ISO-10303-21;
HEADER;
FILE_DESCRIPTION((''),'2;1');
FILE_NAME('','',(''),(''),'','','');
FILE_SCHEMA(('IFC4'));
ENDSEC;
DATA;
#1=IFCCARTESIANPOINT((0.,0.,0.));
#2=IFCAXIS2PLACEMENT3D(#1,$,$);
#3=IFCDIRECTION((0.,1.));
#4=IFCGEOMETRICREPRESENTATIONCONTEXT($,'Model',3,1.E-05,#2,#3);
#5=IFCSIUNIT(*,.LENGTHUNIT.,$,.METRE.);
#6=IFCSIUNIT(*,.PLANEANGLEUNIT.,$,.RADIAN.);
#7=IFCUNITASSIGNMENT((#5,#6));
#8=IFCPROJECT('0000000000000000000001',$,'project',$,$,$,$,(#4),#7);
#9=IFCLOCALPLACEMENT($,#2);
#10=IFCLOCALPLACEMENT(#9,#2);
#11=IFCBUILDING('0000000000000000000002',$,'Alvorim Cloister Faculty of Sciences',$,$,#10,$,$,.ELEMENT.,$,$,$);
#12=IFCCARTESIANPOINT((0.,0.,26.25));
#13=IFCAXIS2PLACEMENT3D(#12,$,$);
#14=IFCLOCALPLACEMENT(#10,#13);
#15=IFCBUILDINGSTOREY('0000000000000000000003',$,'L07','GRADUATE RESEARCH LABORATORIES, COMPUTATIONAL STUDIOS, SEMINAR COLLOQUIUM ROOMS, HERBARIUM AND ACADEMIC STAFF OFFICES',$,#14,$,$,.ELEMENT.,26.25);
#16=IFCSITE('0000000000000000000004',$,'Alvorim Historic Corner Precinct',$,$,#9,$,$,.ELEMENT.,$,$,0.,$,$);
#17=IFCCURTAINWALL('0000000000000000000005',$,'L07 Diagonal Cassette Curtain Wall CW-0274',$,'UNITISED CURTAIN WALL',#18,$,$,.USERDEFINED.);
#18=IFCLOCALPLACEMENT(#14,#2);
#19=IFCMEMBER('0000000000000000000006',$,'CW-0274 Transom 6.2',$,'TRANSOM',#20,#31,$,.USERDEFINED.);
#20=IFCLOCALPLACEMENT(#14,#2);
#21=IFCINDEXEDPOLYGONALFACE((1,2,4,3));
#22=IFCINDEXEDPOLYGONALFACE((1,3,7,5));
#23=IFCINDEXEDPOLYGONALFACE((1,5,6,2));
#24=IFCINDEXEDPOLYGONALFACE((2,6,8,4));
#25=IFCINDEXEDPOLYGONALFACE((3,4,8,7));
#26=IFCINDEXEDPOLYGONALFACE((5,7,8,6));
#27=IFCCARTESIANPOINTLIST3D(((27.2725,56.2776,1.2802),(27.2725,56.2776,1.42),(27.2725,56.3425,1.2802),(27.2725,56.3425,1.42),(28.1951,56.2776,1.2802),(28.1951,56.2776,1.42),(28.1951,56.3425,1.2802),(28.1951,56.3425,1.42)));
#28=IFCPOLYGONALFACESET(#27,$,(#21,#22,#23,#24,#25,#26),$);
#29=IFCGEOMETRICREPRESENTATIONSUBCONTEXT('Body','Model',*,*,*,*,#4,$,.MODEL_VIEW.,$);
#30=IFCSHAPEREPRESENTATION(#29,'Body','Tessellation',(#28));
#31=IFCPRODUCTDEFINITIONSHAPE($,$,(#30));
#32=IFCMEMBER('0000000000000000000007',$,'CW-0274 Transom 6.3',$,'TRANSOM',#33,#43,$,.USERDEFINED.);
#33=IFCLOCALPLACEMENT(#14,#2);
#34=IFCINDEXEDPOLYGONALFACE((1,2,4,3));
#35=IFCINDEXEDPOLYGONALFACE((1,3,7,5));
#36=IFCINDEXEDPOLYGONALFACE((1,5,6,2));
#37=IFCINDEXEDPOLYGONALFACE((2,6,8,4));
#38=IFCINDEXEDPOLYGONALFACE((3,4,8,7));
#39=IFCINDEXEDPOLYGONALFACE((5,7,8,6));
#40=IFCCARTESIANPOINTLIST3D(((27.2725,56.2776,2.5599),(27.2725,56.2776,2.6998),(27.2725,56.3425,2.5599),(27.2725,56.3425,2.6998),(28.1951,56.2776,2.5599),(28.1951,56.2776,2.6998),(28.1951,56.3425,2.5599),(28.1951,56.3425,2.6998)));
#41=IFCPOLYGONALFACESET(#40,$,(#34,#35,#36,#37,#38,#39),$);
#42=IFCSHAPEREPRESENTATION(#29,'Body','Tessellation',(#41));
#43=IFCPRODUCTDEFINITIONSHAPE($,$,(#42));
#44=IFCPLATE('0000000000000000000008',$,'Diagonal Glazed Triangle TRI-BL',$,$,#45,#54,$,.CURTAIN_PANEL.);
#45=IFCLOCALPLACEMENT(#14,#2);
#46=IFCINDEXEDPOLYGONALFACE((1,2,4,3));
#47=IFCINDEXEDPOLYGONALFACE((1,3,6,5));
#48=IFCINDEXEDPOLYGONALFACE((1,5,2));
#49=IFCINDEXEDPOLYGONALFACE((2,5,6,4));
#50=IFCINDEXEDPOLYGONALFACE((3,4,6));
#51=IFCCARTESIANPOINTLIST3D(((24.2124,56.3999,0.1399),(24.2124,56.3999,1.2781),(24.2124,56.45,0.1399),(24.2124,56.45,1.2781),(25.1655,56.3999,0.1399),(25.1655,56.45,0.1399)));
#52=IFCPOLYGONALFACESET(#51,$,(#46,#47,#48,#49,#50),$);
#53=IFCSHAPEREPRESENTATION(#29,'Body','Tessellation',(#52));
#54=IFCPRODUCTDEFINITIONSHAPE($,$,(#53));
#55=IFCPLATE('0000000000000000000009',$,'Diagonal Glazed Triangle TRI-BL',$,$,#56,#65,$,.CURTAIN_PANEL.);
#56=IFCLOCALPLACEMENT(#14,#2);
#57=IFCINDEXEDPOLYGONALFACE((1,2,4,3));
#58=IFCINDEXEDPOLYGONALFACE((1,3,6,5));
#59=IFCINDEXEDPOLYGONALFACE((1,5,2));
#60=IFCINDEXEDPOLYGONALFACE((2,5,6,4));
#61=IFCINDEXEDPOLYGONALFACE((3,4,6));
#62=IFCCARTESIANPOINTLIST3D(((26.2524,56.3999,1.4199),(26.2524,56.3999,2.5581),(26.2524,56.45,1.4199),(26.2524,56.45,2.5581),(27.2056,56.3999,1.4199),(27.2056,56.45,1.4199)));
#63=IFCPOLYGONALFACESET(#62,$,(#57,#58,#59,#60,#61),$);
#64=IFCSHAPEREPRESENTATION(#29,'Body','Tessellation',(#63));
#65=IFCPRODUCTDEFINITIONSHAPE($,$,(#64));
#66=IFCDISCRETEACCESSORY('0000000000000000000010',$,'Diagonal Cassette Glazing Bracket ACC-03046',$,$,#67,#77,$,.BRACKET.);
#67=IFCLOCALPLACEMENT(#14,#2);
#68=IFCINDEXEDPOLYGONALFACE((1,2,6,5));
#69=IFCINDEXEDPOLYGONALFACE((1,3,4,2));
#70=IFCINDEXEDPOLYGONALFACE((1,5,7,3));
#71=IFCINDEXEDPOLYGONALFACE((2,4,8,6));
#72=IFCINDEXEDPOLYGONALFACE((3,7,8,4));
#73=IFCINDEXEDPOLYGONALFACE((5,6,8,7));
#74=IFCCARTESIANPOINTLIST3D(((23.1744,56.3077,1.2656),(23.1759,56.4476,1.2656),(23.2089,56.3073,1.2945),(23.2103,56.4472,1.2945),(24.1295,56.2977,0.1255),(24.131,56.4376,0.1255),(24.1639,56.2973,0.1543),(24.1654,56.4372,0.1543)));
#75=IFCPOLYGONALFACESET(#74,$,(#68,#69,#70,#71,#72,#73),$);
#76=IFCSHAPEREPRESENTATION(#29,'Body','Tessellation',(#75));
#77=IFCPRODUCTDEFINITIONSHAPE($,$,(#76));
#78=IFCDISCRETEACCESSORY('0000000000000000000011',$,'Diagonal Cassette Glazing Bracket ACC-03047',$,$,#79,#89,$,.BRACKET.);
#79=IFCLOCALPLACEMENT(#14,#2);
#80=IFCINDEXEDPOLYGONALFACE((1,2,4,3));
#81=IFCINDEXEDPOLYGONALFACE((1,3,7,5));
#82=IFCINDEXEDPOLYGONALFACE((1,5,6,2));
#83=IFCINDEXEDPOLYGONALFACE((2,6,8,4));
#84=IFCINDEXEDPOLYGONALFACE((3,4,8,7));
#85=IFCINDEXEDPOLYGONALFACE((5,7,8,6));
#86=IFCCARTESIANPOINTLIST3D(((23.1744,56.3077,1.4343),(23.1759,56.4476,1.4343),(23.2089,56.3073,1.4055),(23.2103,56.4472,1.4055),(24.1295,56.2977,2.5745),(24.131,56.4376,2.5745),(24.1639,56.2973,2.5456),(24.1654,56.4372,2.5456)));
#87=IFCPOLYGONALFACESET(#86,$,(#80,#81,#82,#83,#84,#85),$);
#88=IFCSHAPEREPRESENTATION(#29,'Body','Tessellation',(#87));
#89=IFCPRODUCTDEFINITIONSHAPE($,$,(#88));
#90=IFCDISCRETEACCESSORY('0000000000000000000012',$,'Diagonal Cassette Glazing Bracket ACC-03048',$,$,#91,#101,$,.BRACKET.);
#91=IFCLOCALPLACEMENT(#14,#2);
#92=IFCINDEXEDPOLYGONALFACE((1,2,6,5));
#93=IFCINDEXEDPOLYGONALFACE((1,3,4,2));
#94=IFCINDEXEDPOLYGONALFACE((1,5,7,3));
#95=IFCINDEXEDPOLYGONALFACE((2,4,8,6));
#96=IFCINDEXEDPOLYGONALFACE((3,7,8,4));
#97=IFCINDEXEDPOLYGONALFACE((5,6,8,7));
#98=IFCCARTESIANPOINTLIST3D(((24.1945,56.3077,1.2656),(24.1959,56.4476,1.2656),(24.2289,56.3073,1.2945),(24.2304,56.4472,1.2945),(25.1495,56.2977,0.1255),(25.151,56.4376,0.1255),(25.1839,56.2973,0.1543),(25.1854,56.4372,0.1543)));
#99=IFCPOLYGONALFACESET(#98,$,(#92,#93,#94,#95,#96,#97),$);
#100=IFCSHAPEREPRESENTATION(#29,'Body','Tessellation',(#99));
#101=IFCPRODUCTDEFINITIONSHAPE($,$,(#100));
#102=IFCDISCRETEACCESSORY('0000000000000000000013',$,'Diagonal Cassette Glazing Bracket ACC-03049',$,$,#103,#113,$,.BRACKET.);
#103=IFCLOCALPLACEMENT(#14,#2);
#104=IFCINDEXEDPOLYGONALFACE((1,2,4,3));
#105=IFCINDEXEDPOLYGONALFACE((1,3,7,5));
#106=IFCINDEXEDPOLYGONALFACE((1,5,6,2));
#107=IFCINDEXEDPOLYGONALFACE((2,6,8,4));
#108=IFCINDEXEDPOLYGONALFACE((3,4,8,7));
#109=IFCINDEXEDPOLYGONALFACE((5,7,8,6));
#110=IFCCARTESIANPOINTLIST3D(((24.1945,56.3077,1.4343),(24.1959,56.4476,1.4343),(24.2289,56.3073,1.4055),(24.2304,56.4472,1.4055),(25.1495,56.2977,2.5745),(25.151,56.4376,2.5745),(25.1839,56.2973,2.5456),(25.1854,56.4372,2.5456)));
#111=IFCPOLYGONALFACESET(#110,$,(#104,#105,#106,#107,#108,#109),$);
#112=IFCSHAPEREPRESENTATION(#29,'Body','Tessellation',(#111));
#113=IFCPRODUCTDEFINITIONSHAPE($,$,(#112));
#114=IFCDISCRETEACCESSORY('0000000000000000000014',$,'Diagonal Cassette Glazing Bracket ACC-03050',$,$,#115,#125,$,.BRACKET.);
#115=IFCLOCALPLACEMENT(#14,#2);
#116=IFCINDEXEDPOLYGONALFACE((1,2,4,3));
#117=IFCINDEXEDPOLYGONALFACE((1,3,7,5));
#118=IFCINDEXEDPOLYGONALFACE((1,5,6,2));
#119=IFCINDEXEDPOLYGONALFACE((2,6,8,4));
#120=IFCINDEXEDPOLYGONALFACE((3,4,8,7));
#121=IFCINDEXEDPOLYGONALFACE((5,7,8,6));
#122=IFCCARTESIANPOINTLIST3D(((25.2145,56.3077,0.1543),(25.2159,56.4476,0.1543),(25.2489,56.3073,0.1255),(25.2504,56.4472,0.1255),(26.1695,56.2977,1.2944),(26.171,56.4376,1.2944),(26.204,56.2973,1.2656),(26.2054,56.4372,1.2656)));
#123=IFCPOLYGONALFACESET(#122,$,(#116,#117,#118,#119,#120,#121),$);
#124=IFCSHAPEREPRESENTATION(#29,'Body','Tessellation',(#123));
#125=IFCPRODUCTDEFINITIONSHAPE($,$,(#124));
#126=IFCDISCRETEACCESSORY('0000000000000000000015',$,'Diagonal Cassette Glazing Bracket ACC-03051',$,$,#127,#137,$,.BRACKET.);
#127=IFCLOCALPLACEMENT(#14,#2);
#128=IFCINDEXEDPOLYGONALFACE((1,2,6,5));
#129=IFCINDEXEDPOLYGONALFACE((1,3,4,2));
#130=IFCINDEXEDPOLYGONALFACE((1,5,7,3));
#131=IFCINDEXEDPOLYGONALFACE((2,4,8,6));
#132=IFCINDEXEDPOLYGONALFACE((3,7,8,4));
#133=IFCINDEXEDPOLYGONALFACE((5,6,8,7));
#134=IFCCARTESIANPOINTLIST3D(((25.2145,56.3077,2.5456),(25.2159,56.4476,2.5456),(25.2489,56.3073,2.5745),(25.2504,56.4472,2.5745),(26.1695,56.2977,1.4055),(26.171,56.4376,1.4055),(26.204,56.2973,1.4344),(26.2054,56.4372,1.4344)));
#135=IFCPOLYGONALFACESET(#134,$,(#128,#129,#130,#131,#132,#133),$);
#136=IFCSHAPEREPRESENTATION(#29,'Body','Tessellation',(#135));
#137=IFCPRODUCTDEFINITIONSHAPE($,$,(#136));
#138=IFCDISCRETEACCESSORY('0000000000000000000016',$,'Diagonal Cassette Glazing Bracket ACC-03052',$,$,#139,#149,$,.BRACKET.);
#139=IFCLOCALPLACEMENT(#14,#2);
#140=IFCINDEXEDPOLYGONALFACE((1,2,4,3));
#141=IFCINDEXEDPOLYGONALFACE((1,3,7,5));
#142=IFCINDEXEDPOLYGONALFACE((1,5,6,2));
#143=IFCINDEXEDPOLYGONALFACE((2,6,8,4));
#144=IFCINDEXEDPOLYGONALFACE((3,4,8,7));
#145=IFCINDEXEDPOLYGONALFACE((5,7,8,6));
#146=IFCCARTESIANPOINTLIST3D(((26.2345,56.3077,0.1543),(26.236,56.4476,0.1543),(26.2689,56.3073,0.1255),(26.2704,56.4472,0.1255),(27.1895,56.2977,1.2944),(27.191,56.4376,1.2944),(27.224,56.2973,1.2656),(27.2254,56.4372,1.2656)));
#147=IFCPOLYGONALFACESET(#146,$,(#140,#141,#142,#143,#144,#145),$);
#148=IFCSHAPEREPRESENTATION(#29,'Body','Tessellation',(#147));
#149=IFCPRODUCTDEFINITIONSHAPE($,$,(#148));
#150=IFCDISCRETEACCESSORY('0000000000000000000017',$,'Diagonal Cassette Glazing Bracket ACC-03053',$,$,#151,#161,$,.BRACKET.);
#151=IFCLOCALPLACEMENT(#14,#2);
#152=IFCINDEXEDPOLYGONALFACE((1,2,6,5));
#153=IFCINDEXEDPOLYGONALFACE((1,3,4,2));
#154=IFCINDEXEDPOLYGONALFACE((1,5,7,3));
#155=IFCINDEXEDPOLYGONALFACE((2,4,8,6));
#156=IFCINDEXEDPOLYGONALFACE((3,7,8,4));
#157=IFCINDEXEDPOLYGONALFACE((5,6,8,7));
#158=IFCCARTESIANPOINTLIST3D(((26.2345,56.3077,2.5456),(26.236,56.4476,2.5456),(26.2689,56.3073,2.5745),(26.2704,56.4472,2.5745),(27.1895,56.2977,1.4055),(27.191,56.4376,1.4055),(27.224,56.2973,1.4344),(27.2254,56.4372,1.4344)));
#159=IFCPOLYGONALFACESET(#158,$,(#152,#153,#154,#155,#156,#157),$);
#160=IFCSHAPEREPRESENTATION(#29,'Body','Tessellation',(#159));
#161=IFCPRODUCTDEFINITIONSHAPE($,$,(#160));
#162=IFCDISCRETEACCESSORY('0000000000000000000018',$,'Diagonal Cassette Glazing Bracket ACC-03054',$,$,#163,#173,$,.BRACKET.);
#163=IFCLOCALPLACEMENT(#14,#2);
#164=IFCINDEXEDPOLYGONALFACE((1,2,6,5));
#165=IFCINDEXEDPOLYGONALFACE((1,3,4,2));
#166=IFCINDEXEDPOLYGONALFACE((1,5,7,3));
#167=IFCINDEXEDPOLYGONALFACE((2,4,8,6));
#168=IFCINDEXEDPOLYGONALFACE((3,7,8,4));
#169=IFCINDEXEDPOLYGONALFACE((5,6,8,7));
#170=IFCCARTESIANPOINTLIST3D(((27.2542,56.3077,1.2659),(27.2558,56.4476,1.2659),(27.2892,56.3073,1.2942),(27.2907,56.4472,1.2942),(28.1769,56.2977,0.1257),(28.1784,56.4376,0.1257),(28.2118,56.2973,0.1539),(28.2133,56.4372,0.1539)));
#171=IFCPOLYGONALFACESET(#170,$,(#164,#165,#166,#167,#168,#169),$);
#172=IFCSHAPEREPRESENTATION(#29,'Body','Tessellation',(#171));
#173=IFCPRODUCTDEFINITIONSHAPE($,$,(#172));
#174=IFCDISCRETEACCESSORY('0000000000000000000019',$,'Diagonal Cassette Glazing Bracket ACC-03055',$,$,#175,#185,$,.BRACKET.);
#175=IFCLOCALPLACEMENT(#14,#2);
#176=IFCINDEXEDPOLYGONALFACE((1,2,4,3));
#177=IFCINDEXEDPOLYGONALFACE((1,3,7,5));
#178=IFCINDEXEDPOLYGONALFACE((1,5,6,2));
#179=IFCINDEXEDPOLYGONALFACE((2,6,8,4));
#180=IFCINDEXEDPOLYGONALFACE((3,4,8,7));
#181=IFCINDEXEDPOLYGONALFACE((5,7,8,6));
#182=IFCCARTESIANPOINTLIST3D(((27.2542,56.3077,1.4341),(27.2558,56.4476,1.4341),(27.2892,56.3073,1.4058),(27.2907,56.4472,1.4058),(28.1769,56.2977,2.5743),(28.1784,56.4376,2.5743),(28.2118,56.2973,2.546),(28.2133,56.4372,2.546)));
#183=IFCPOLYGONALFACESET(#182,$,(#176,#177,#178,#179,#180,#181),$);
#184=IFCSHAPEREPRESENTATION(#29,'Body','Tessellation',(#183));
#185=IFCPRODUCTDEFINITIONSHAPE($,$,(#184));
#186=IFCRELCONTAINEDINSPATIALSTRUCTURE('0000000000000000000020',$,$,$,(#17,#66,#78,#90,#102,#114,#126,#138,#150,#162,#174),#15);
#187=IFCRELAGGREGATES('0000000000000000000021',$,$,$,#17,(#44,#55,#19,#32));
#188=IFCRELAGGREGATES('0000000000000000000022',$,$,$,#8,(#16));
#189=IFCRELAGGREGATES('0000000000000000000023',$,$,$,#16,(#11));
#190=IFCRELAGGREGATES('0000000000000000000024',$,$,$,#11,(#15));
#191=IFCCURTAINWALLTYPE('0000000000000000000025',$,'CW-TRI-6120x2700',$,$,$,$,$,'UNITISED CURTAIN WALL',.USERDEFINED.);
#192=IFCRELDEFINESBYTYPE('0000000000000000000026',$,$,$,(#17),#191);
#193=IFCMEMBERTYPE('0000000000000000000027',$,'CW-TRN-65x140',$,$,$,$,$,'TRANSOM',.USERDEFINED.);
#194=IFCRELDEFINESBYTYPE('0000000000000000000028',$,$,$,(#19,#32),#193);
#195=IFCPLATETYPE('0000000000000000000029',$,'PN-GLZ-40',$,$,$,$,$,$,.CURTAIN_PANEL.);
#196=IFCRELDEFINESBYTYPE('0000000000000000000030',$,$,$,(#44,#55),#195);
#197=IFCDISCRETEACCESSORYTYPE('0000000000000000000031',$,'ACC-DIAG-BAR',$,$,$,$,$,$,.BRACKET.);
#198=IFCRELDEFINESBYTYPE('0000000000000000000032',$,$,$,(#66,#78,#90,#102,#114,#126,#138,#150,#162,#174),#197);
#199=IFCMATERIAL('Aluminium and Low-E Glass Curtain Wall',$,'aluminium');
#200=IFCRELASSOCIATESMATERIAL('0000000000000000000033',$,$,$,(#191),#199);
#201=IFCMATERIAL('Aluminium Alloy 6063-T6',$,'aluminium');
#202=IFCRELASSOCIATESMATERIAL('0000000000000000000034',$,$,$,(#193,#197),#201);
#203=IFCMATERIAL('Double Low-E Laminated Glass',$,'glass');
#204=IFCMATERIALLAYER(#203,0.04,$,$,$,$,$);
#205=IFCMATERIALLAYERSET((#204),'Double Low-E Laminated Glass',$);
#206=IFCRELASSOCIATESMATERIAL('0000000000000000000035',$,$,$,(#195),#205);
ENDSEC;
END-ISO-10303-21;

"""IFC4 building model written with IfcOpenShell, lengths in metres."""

from ifc_helpers import new_model, si_unit, direction, frame, origin, origin_2d, place, context, subcontext, project, spatial, polyline, rectangle, outline, extrude, material, layer, layer_set, material_profile, profile_set, type_object, element, aggregate, save


model = new_model("IFC4")

# Units and contexts
model_context = context("Model", 3, precision=1e-05, world=origin(), true_north=direction((0.0, 1.0)))
body_context = subcontext(model_context, "Body", "Model", "MODEL_VIEW")
ifc_project = project(units=[si_unit("LENGTHUNIT", "METRE"), si_unit("PLANEANGLEUNIT", "RADIAN")], contexts=[model_context])

# Site, building, storey
site_placement = place(None, origin())
site = spatial("IfcSite", under=ifc_project, at=site_placement, Name="Alvorim Historic Corner Precinct", CompositionType="ELEMENT", RefElevation=0.0)
building_placement = place(site_placement, origin())
building = spatial("IfcBuilding", under=site, at=building_placement, Name="Alvorim Cloister Faculty of Sciences", CompositionType="ELEMENT")
storey_placement = place(building_placement, frame((0.0, 0.0, 26.25)))
storey = spatial("IfcBuildingStorey", under=building, at=storey_placement, Name="L07", Description="GRADUATE RESEARCH LABORATORIES, COMPUTATIONAL STUDIOS, SEMINAR COLLOQUIUM ROOMS, HERBARIUM AND ACADEMIC STAFF OFFICES", CompositionType="ELEMENT", Elevation=26.25)

# Curtain wall, members, plates
ifc_material_1 = material(Name="Aluminium and Low-E Glass Curtain Wall", Category="aluminium")
curtain_wall_type = type_object("IfcCurtainWallType", Name="CW-TRI-6120x2700", ElementType="UNITISED CURTAIN WALL", PredefinedType="USERDEFINED", material=ifc_material_1)
curtain_wall_placement = place(storey_placement, origin())
curtain_wall = element("IfcCurtainWall", 1, at=curtain_wall_placement, inside=storey, type_object=curtain_wall_type, Name="L07 Diagonal Cassette Curtain Wall CW-0274", ObjectType="UNITISED CURTAIN WALL", PredefinedType="USERDEFINED")
ifc_material_2 = material(Name="Aluminium Alloy 6063-T6", Category="aluminium")
ifc_material_profile_1 = material_profile(ifc_material_2, rectangle(XDim=0.0649, YDim=0.1399, at=origin_2d()), Name="ALU-TRN-65x140")
ifc_profile_set_1 = profile_set([ifc_material_profile_1], Name="Aluminium Alloy 6063-T6")
member_type_1 = type_object("IfcMemberType", Name="CW-TRN-65x140", ElementType="TRANSOM", PredefinedType="USERDEFINED", material=ifc_profile_set_1)
member_1_placement = place(storey_placement, frame((27.2725, 56.3101, 1.3501), z_axis=(1.0, 0.0, 0.0), x_axis=(0.0, 1.0, 0.0)))
member_1 = element("IfcMember", 2, at=member_1_placement, type_object=member_type_1, Name="CW-0274 Transom 6.2", ObjectType="TRANSOM", PredefinedType="USERDEFINED", context=body_context, shape_type="SweptSolid", body=[
    extrude(rectangle(XDim=0.0649, YDim=0.1399, at=origin_2d()), origin(), (0.0, 0.0, 1.0), 0.9226),
])
member_2_placement = place(storey_placement, frame((27.2725, 56.3101, 2.6299), z_axis=(1.0, 0.0, 0.0), x_axis=(0.0, 1.0, 0.0)))
member_2 = element("IfcMember", 3, at=member_2_placement, type_object=member_type_1, Name="CW-0274 Transom 6.3", ObjectType="TRANSOM", PredefinedType="USERDEFINED", context=body_context, shape_type="SweptSolid", body=[
    extrude(rectangle(XDim=0.0649, YDim=0.1399, at=origin_2d()), origin(), (0.0, 0.0, 1.0), 0.9226),
])
ifc_material_3 = material(Name="Double Low-E Laminated Glass", Category="glass")
ifc_layer = layer(ifc_material_3, 0.04)
ifc_layer_set = layer_set([ifc_layer], Name="Double Low-E Laminated Glass")
plate_type = type_object("IfcPlateType", Name="PN-GLZ-40", PredefinedType="CURTAIN_PANEL", material=ifc_layer_set)
plate_1_placement = place(storey_placement, frame((24.2124, 56.425, 0.1399), z_axis=(0.0, 0.0, 1.0), x_axis=(1.0, 0.0, 0.0)))
plate_1 = element("IfcPlate", 4, at=plate_1_placement, type_object=plate_type, Name="Diagonal Glazed Triangle TRI-BL", PredefinedType="CURTAIN_PANEL", context=body_context, shape_type="SweptSolid", body=[
    extrude(outline(polyline([(0.0, 0.0), (0.9531, 0.0), (0.0, 1.1382), (0.0, 0.0)])), frame((0.0, 0.0249, 0.0), z_axis=(0.0, -1.0, 0.0), x_axis=(1.0, 0.0, 0.0)), (0.0, 0.0, 1.0), 0.05),
])
plate_2_placement = place(storey_placement, frame((26.2524, 56.425, 1.4199), z_axis=(0.0, 0.0, 1.0), x_axis=(1.0, 0.0, 0.0)))
plate_2 = element("IfcPlate", 5, at=plate_2_placement, type_object=plate_type, Name="Diagonal Glazed Triangle TRI-BL", PredefinedType="CURTAIN_PANEL", context=body_context, shape_type="SweptSolid", body=[
    extrude(outline(polyline([(0.0, 0.0), (0.9531, 0.0), (0.0, 1.1382), (0.0, 0.0)])), frame((0.0, 0.0249, 0.0), z_axis=(0.0, -1.0, 0.0), x_axis=(1.0, 0.0, 0.0)), (0.0, 0.0, 1.0), 0.05),
])
aggregate(curtain_wall, [plate_1, plate_2, member_1, member_2])

# Discrete accessories
discrete_accessory_type = type_object("IfcDiscreteAccessoryType", Name="ACC-DIAG-BAR", PredefinedType="BRACKET", material=ifc_material_2)
for number, where, z_axis, x_axis, name in (
    (6, (23.1924, 56.3774, 1.28), (0.642138, -0.00673, -0.76656), (0.01048, 0.999945, 0.0), "Diagonal Cassette Glazing Bracket ACC-03046"),
    (7, (23.1924, 56.3774, 1.4199), (0.642138, -0.00673, 0.76656), (0.01048, 0.999945, 0.0), "Diagonal Cassette Glazing Bracket ACC-03047"),
    (8, (24.2124, 56.3774, 1.28), (0.642138, -0.00673, -0.76656), (0.01048, 0.999945, 0.0), "Diagonal Cassette Glazing Bracket ACC-03048"),
    (9, (24.2124, 56.3774, 1.4199), (0.642138, -0.00673, 0.76656), (0.01048, 0.999945, 0.0), "Diagonal Cassette Glazing Bracket ACC-03049"),
    (10, (25.2324, 56.3774, 0.1399), (0.642138, -0.00673, 0.76656), (0.01048, 0.999945, 0.0), "Diagonal Cassette Glazing Bracket ACC-03050"),
    (11, (25.2324, 56.3774, 2.5601), (0.642138, -0.00673, -0.76656), (0.01048, 0.999945, 0.0), "Diagonal Cassette Glazing Bracket ACC-03051"),
    (12, (26.2524, 56.3774, 0.1399), (0.642138, -0.00673, 0.76656), (0.01048, 0.999945, 0.0), "Diagonal Cassette Glazing Bracket ACC-03052"),
    (13, (26.2524, 56.3774, 2.5601), (0.642138, -0.00673, -0.76656), (0.01048, 0.999945, 0.0), "Diagonal Cassette Glazing Bracket ACC-03053"),
):
    element("IfcDiscreteAccessory", number, at=place(storey_placement, frame(where, z_axis=z_axis, x_axis=x_axis)), inside=storey, type_object=discrete_accessory_type, Name=name, PredefinedType="BRACKET", context=body_context, shape_type="SweptSolid", body=[
        extrude(rectangle(XDim=0.1399, YDim=0.0449, at=origin_2d()), origin(), (0.0, 0.0, 1.0), 1.4873),
    ])
for number, where, z_axis, x_axis, name in (
    (14, (27.2725, 56.3774, 1.28), (0.629035, -0.006825, -0.777347), (0.010849, 0.999941, 0.0), "Diagonal Cassette Glazing Bracket ACC-03054"),
    (15, (27.2725, 56.3774, 1.4199), (0.629035, -0.006825, 0.777347), (0.010849, 0.999941, 0.0), "Diagonal Cassette Glazing Bracket ACC-03055"),
):
    element("IfcDiscreteAccessory", number, at=place(storey_placement, frame(where, z_axis=z_axis, x_axis=x_axis)), inside=storey, type_object=discrete_accessory_type, Name=name, PredefinedType="BRACKET", context=body_context, shape_type="SweptSolid", body=[
        extrude(rectangle(XDim=0.1399, YDim=0.0449, at=origin_2d()), origin(), (0.0, 0.0, 1.0), 1.4668),
    ])

save(model, "model.ifc")
